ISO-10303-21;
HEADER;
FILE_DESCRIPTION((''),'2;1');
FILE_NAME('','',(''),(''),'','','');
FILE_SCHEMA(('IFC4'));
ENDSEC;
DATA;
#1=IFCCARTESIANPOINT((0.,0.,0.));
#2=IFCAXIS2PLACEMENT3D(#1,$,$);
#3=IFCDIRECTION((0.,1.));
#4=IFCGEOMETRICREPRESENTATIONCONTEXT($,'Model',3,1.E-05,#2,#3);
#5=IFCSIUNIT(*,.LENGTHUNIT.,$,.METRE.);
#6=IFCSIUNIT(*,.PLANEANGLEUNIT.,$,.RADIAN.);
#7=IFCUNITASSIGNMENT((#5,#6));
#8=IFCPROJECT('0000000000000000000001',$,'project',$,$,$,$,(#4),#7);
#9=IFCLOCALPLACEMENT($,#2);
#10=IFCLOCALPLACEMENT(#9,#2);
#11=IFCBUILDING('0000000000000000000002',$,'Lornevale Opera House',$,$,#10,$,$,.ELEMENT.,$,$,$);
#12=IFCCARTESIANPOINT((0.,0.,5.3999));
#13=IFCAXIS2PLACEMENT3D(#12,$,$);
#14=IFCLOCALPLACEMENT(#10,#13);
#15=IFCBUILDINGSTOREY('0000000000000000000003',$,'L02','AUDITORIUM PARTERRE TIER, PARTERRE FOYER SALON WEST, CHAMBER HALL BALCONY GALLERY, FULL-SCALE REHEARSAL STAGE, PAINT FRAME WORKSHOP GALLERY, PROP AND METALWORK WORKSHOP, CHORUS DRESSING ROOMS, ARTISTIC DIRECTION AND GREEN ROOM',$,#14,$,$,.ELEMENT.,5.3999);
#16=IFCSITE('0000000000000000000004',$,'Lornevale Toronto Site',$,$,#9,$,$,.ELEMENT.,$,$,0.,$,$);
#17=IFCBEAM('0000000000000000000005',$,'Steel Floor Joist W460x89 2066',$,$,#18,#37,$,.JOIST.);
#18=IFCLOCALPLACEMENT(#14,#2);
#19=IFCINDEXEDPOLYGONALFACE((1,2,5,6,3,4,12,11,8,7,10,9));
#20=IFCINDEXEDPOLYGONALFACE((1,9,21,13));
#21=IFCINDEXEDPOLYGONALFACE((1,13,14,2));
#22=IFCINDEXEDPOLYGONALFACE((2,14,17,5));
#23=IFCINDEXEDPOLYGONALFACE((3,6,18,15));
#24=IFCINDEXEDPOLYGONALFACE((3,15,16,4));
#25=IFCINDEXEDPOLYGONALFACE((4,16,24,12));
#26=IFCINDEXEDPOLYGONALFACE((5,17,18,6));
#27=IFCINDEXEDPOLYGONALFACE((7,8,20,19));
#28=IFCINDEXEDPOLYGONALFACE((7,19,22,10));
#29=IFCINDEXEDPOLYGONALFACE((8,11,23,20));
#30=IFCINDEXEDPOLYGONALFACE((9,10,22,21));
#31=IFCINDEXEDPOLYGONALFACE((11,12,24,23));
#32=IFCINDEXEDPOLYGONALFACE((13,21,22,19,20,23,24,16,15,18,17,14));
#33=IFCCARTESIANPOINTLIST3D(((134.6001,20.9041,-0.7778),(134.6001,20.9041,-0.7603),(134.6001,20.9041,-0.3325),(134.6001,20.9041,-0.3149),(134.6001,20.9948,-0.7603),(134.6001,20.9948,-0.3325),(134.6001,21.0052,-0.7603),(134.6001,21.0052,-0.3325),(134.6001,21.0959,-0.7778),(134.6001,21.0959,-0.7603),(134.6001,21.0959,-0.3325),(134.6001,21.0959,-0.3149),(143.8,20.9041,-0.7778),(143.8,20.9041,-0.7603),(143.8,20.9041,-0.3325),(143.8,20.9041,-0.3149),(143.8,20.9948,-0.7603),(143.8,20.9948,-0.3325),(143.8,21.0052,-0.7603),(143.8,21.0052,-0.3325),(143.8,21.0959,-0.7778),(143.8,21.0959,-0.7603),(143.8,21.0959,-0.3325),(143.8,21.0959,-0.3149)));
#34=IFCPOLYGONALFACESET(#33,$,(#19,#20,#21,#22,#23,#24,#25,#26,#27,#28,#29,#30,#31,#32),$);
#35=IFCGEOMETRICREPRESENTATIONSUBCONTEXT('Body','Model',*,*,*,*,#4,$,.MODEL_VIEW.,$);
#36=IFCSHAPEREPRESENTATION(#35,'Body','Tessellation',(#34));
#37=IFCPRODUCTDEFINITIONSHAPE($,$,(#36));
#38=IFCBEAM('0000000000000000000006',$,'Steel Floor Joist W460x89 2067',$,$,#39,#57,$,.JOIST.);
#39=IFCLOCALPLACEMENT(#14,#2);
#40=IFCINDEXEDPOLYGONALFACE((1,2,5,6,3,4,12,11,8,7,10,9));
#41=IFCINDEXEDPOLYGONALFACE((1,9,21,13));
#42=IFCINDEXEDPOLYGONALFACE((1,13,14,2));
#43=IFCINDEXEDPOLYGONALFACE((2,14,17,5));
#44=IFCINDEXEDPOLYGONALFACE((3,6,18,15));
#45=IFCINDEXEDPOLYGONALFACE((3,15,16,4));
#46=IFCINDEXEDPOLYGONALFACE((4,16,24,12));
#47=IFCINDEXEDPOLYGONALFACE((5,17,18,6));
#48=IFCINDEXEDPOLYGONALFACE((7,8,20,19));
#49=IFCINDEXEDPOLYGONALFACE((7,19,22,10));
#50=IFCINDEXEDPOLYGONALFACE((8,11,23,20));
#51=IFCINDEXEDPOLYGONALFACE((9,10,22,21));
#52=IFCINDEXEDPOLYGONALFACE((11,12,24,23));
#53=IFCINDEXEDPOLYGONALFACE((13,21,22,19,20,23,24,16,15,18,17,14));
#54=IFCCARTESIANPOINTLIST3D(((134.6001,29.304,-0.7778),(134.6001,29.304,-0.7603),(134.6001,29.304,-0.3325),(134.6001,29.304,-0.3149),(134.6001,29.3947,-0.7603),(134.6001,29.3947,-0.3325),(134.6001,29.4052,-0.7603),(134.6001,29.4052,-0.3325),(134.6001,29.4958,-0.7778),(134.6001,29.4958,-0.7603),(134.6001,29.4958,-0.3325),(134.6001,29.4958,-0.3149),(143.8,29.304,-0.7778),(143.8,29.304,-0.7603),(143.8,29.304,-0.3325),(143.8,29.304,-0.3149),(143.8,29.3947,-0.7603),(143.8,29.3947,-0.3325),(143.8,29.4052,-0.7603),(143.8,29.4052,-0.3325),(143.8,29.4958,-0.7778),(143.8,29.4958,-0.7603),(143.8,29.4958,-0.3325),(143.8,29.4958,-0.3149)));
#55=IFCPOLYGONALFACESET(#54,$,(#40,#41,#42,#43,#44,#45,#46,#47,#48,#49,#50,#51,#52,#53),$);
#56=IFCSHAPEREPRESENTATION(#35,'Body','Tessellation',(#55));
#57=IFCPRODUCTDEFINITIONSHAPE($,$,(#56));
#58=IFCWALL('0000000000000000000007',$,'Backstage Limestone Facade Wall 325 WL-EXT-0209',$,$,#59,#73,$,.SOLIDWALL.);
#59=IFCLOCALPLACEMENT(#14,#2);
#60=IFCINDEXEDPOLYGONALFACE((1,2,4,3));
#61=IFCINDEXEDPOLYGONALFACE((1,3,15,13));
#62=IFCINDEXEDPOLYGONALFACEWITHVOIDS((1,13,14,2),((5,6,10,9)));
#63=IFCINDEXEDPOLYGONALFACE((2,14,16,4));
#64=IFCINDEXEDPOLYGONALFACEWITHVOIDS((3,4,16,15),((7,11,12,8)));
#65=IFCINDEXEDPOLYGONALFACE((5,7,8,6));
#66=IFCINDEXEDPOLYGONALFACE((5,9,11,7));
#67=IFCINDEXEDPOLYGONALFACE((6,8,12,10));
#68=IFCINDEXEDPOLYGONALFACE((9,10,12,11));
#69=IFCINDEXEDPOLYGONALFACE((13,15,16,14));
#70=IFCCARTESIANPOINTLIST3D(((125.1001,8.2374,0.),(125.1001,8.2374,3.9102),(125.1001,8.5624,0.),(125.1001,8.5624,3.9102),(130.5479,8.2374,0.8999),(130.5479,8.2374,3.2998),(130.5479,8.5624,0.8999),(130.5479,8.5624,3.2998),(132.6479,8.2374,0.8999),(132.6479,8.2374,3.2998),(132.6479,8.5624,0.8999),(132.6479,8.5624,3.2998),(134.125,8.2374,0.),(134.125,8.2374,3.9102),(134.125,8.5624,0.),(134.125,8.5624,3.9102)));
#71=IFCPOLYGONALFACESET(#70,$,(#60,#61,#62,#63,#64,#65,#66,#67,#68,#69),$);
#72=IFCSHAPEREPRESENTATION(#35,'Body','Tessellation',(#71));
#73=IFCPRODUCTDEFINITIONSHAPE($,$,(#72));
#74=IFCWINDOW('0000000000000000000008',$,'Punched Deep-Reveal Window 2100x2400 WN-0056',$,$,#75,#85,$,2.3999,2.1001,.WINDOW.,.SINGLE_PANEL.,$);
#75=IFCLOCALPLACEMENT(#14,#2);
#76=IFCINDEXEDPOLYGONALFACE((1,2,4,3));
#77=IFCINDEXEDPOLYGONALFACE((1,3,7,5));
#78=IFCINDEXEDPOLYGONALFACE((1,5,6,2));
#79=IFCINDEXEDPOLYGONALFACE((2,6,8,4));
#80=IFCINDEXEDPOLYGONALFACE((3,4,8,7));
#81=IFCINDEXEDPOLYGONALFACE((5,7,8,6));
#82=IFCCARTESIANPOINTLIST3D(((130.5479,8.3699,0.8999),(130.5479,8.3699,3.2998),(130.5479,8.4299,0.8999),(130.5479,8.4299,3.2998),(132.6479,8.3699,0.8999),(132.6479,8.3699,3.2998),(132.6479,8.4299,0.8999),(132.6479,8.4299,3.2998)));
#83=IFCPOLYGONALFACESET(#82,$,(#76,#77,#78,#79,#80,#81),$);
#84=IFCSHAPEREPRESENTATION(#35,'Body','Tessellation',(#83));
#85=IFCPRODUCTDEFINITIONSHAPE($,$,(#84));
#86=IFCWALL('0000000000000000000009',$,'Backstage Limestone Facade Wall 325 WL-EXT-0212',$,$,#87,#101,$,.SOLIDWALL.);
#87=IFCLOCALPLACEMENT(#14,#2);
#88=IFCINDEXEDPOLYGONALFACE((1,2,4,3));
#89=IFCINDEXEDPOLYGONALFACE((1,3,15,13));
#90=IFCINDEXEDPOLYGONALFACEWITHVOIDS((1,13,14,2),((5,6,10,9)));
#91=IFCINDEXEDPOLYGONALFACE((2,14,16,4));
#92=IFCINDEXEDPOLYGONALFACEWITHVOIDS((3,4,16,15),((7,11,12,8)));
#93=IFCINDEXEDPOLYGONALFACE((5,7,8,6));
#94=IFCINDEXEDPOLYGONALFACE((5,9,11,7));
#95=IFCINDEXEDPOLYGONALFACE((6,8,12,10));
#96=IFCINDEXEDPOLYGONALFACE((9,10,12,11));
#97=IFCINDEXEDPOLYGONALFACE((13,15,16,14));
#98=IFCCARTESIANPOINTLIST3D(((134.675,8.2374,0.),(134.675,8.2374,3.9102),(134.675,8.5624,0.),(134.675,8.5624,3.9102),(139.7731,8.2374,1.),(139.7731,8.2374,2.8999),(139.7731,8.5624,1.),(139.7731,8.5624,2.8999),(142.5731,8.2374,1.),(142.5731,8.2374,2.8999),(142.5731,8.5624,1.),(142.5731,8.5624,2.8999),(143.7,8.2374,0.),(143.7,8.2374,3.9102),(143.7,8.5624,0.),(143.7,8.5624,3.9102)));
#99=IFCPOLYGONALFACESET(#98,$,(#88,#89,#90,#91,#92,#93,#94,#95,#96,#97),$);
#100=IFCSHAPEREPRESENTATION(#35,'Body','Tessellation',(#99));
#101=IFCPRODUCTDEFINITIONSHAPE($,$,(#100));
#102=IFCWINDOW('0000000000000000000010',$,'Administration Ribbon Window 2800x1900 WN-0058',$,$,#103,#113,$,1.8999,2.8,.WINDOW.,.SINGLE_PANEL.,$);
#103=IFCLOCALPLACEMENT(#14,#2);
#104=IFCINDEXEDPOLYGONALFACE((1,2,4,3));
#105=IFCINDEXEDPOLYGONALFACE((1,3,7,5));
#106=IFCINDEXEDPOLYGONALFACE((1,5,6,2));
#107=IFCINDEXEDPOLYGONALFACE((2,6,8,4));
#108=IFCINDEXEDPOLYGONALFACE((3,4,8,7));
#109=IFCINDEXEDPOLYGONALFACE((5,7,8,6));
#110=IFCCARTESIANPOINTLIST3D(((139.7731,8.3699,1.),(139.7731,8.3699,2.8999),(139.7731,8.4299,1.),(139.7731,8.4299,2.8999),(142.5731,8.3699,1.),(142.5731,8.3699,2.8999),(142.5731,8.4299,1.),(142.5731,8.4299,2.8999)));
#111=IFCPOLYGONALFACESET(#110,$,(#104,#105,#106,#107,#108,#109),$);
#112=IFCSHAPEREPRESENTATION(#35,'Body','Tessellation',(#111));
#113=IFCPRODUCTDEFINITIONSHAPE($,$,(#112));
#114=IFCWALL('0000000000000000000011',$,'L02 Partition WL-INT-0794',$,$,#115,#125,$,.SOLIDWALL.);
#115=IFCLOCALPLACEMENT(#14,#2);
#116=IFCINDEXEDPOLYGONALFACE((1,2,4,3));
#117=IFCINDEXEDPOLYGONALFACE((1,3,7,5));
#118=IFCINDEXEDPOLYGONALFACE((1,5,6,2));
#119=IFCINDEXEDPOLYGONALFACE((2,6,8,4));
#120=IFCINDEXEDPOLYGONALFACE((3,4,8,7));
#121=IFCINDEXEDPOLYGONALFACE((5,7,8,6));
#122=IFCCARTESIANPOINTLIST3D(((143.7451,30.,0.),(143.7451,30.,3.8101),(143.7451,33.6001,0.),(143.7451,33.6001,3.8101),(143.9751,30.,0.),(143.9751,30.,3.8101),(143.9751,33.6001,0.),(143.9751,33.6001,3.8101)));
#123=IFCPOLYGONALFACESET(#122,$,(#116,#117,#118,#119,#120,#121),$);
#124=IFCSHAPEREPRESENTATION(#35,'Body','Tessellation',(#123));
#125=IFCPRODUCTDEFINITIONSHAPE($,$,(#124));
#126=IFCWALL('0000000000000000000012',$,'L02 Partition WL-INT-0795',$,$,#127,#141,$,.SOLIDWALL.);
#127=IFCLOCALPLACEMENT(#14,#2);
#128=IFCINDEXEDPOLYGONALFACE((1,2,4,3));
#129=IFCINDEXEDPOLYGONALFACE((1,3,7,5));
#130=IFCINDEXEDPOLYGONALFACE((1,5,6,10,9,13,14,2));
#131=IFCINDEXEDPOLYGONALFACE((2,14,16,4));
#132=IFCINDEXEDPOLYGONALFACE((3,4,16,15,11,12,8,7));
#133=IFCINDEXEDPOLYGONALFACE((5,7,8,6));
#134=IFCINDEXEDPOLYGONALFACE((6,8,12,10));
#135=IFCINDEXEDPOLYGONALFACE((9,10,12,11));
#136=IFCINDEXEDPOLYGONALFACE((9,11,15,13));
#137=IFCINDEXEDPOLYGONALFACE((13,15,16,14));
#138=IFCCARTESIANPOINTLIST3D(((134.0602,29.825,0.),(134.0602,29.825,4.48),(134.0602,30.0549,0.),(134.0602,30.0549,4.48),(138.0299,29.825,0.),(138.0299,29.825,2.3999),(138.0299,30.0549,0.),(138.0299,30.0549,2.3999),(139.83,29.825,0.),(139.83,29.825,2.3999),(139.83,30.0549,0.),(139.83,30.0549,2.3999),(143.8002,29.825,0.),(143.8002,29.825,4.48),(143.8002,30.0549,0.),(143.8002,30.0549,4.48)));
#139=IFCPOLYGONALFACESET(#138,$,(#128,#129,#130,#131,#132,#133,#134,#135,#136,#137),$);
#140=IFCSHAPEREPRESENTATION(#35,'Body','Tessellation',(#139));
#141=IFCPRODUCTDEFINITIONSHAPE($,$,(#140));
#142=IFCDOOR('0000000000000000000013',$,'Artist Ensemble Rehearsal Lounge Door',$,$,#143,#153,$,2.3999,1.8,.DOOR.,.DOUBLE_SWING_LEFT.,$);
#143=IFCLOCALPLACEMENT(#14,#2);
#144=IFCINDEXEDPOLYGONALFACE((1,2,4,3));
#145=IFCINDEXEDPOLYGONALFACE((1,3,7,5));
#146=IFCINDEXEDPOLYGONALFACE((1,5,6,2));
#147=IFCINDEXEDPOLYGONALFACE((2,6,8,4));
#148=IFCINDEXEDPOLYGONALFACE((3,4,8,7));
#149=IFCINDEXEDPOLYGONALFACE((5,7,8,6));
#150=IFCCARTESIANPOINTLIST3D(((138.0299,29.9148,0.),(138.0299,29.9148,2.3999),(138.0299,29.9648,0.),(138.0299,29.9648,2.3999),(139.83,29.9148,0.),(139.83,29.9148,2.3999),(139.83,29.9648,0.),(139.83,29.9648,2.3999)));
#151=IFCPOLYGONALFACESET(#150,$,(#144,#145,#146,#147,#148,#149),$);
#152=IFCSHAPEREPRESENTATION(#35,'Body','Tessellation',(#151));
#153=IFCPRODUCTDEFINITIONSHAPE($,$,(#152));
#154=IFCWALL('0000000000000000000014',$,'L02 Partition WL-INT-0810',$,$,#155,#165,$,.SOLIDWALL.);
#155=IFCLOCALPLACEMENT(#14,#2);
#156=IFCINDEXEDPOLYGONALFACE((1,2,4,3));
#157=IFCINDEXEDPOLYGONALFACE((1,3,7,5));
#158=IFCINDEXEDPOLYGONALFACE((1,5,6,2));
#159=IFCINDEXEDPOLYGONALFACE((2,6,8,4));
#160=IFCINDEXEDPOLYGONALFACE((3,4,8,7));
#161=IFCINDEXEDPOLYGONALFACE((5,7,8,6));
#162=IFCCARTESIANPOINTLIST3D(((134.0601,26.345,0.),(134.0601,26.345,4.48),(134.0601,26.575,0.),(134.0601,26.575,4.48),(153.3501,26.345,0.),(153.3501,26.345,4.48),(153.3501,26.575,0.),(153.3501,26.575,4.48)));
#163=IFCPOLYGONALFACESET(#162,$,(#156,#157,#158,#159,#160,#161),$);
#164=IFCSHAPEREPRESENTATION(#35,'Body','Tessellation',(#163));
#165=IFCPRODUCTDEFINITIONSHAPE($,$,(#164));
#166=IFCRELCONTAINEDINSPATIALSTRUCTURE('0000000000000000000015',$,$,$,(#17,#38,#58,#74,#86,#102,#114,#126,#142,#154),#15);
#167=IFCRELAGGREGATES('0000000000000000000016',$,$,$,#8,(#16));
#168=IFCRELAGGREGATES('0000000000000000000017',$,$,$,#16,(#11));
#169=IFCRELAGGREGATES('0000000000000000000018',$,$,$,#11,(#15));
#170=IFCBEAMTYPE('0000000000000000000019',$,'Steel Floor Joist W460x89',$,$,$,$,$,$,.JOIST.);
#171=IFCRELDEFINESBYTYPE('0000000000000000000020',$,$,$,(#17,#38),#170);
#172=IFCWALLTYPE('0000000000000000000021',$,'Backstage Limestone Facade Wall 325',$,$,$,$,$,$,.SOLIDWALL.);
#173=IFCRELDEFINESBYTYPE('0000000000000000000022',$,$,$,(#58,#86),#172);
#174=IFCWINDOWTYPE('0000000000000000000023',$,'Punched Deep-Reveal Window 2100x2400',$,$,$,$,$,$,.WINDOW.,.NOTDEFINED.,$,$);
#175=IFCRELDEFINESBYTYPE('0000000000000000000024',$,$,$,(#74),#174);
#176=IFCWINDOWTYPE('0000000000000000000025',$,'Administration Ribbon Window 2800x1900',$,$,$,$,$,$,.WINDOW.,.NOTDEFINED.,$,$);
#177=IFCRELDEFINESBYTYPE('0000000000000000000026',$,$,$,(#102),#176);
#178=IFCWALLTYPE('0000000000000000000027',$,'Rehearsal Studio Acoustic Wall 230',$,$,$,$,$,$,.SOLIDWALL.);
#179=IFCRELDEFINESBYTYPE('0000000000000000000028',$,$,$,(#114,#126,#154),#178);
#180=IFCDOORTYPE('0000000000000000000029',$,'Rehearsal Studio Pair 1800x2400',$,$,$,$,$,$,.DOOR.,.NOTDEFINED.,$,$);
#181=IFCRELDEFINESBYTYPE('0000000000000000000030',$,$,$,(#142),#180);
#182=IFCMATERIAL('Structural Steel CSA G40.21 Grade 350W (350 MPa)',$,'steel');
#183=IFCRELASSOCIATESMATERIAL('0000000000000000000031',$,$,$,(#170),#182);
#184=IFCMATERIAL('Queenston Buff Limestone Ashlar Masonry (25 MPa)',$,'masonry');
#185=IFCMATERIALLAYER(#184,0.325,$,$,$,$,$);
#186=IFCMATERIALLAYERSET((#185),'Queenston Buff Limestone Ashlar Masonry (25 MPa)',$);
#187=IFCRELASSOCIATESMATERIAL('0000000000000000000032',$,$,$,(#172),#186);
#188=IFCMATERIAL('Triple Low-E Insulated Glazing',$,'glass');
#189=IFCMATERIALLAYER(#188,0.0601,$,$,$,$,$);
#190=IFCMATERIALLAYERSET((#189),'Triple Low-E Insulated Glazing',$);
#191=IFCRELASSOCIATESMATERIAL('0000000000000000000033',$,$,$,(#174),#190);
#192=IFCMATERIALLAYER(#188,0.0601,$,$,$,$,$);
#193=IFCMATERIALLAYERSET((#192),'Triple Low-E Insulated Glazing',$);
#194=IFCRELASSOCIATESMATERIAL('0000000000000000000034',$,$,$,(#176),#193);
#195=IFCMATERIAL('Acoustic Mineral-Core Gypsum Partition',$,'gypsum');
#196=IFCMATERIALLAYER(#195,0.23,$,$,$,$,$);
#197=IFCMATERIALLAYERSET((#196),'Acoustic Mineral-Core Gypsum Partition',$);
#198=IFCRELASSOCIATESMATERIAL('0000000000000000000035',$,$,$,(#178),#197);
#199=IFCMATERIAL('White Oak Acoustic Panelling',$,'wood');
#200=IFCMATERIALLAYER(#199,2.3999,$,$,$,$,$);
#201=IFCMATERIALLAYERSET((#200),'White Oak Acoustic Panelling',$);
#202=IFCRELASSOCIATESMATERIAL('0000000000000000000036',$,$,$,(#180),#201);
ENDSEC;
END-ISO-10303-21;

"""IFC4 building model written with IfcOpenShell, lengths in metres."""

from ifc_helpers import new_model, si_unit, direction, frame, frame_2d, origin, origin_2d, place, context, subcontext, project, spatial, rectangle, i_section, extrude, material, layer, layer_set, material_profile, profile_set, type_object, element, fill, save


model = new_model("IFC4")

# Units and contexts
model_context = context("Model", 3, precision=1e-05, world=origin(), true_north=direction((0.0, 1.0)))
body_context = subcontext(model_context, "Body", "Model", "MODEL_VIEW")
ifc_project = project(units=[si_unit("LENGTHUNIT", "METRE"), si_unit("PLANEANGLEUNIT", "RADIAN")], contexts=[model_context])

# Site, building, storey
site_placement = place(None, origin())
site = spatial("IfcSite", under=ifc_project, at=site_placement, Name="Lornevale Toronto Site", CompositionType="ELEMENT", RefElevation=0.0)
building_placement = place(site_placement, origin())
building = spatial("IfcBuilding", under=site, at=building_placement, Name="Lornevale Opera House", CompositionType="ELEMENT")
storey_placement = place(building_placement, frame((0.0, 0.0, 5.3999)))
storey = spatial("IfcBuildingStorey", under=building, at=storey_placement, Name="L02", Description="AUDITORIUM PARTERRE TIER, PARTERRE FOYER SALON WEST, CHAMBER HALL BALCONY GALLERY, FULL-SCALE REHEARSAL STAGE, PAINT FRAME WORKSHOP GALLERY, PROP AND METALWORK WORKSHOP, CHORUS DRESSING ROOMS, ARTISTIC DIRECTION AND GREEN ROOM", CompositionType="ELEMENT", Elevation=5.3999)

# Beams
ifc_material_1 = material(Name="Structural Steel CSA G40.21 Grade 350W (350 MPa)", Category="steel")
ifc_material_profile_1 = material_profile(ifc_material_1, i_section(OverallWidth=0.1919, OverallDepth=0.4629, WebThickness=0.0105, FlangeThickness=0.0176, at=origin_2d()), Name="W460x89")
ifc_profile_set_1 = profile_set([ifc_material_profile_1], Name="Structural Steel CSA G40.21 Grade 350W (350 MPa)")
beam_type_1 = type_object("IfcBeamType", Name="Steel Floor Joist W460x89", PredefinedType="JOIST", material=ifc_profile_set_1)
for number, where, z_axis, x_axis, name in (
    (1, (134.6001, 21.0, -0.5464), (1.0, 0.0, 0.0), (0.0, 1.0, 0.0), "Steel Floor Joist W460x89 2066"),
    (2, (134.6001, 29.3999, -0.5464), (1.0, 0.0, 0.0), (0.0, 1.0, 0.0), "Steel Floor Joist W460x89 2067"),
):
    element("IfcBeam", number, at=place(storey_placement, frame(where, z_axis=z_axis, x_axis=x_axis)), inside=storey, type_object=beam_type_1, Name=name, PredefinedType="JOIST", context=body_context, shape_type="SweptSolid", body=[
        extrude(i_section(OverallWidth=0.1919, OverallDepth=0.4629, WebThickness=0.0105, FlangeThickness=0.0176, at=origin_2d()), origin(), (0.0, 0.0, 1.0), 9.2),
    ])

# Walls, openings, windows
ifc_material_2 = material(Name="Queenston Buff Limestone Ashlar Masonry (25 MPa)", Category="masonry")
ifc_layer_1 = layer(ifc_material_2, 0.325)
ifc_layer_set_1 = layer_set([ifc_layer_1], Name="Queenston Buff Limestone Ashlar Masonry (25 MPa)")
wall_type_1 = type_object("IfcWallType", Name="Backstage Limestone Facade Wall 325", PredefinedType="SOLIDWALL", material=ifc_layer_set_1)
wall_1_placement = place(storey_placement, frame((134.125, 8.3999, 0.0), z_axis=(0.0, 0.0, 1.0), x_axis=(-1.0, 0.0, 0.0)))
wall_1 = element("IfcWall", 3, at=wall_1_placement, inside=storey, type_object=wall_type_1, Name="Backstage Limestone Facade Wall 325 WL-EXT-0209", PredefinedType="SOLIDWALL", context=body_context, shape_type="SweptSolid", body=[
    extrude(rectangle(XDim=9.0249, YDim=0.325, at=frame_2d((4.5125, 0.0))), origin(), (0.0, 0.0, 1.0), 3.9102),
])
opening_1_placement = place(wall_1_placement, frame((1.4771, 0.0, 0.8999)))
opening_1 = element("IfcOpeningElement", 4, at=opening_1_placement, cuts=wall_1, PredefinedType="OPENING", context=body_context, shape_type="SweptSolid", body=[
    extrude(rectangle(XDim=2.1001, YDim=2.3999, at=frame_2d((1.05, 1.2))), frame((0.0, 0.1724, 0.0), z_axis=(0.0, -1.0, 0.0), x_axis=(1.0, 0.0, 0.0)), (0.0, 0.0, 1.0), 0.345),
])
ifc_material_3 = material(Name="Triple Low-E Insulated Glazing", Category="glass")
ifc_layer_2 = layer(ifc_material_3, 0.0601)
ifc_layer_set_2 = layer_set([ifc_layer_2], Name="Triple Low-E Insulated Glazing")
window_type_1 = type_object("IfcWindowType", Name="Punched Deep-Reveal Window 2100x2400", PartitioningType="NOTDEFINED", PredefinedType="WINDOW", material=ifc_layer_set_2)
window_1_placement = place(opening_1_placement, origin())
window_1 = element("IfcWindow", 5, at=window_1_placement, inside=storey, type_object=window_type_1, Name="Punched Deep-Reveal Window 2100x2400 WN-0056", OverallHeight=2.3999, OverallWidth=2.1001, PartitioningType="SINGLE_PANEL", PredefinedType="WINDOW", context=body_context, shape_type="SweptSolid", body=[
    extrude(rectangle(XDim=2.1001, YDim=2.3999, at=frame_2d((1.05, 1.2))), frame((0.0, 0.03, 0.0), z_axis=(0.0, -1.0, 0.0), x_axis=(1.0, 0.0, 0.0)), (0.0, 0.0, 1.0), 0.0601),
])
fill(opening_1, window_1)
wall_2_placement = place(storey_placement, frame((143.7, 8.3999, 0.0), z_axis=(0.0, 0.0, 1.0), x_axis=(-1.0, 0.0, 0.0)))
wall_2 = element("IfcWall", 6, at=wall_2_placement, inside=storey, type_object=wall_type_1, Name="Backstage Limestone Facade Wall 325 WL-EXT-0212", PredefinedType="SOLIDWALL", context=body_context, shape_type="SweptSolid", body=[
    extrude(rectangle(XDim=9.0249, YDim=0.325, at=frame_2d((4.5125, 0.0))), origin(), (0.0, 0.0, 1.0), 3.9102),
])
opening_2_placement = place(wall_2_placement, frame((1.127, 0.0, 1.0)))
opening_2 = element("IfcOpeningElement", 7, at=opening_2_placement, cuts=wall_2, PredefinedType="OPENING", context=body_context, shape_type="SweptSolid", body=[
    extrude(rectangle(XDim=2.8, YDim=1.8999, at=frame_2d((1.3999, 0.95))), frame((0.0, 0.1724, 0.0), z_axis=(0.0, -1.0, 0.0), x_axis=(1.0, 0.0, 0.0)), (0.0, 0.0, 1.0), 0.345),
])
ifc_layer_3 = layer(ifc_material_3, 0.0601)
ifc_layer_set_3 = layer_set([ifc_layer_3], Name="Triple Low-E Insulated Glazing")
window_type_2 = type_object("IfcWindowType", Name="Administration Ribbon Window 2800x1900", PartitioningType="NOTDEFINED", PredefinedType="WINDOW", material=ifc_layer_set_3)
window_2_placement = place(opening_2_placement, origin())
window_2 = element("IfcWindow", 8, at=window_2_placement, inside=storey, type_object=window_type_2, Name="Administration Ribbon Window 2800x1900 WN-0058", OverallHeight=1.8999, OverallWidth=2.8, PartitioningType="SINGLE_PANEL", PredefinedType="WINDOW", context=body_context, shape_type="SweptSolid", body=[
    extrude(rectangle(XDim=2.8, YDim=1.8999, at=frame_2d((1.3999, 0.95))), frame((0.0, 0.03, 0.0), z_axis=(0.0, -1.0, 0.0), x_axis=(1.0, 0.0, 0.0)), (0.0, 0.0, 1.0), 0.0601),
])
fill(opening_2, window_2)

# Wall
ifc_material_4 = material(Name="Acoustic Mineral-Core Gypsum Partition", Category="gypsum")
ifc_layer_4 = layer(ifc_material_4, 0.23)
ifc_layer_set_4 = layer_set([ifc_layer_4], Name="Acoustic Mineral-Core Gypsum Partition")
wall_type_2 = type_object("IfcWallType", Name="Rehearsal Studio Acoustic Wall 230", PredefinedType="SOLIDWALL", material=ifc_layer_set_4)
wall_3_placement = place(storey_placement, frame((143.8601, 30.0, 0.0), z_axis=(0.0, 0.0, 1.0), x_axis=(0.0, 1.0, 0.0)))
element("IfcWall", 9, at=wall_3_placement, inside=storey, type_object=wall_type_2, Name="L02 Partition WL-INT-0794", PredefinedType="SOLIDWALL", context=body_context, shape_type="SweptSolid", body=[
    extrude(rectangle(XDim=3.6001, YDim=0.23, at=frame_2d((1.8, 0.0))), origin(), (0.0, 0.0, 1.0), 3.8101),
])

# Wall, opening, door
wall_4_placement = place(storey_placement, frame((134.0601, 29.9399, 0.0), z_axis=(0.0, 0.0, 1.0), x_axis=(1.0, 0.0, 0.0)))
wall_4 = element("IfcWall", 10, at=wall_4_placement, inside=storey, type_object=wall_type_2, Name="L02 Partition WL-INT-0795", PredefinedType="SOLIDWALL", context=body_context, shape_type="SweptSolid", body=[
    extrude(rectangle(XDim=9.74, YDim=0.23, at=frame_2d((4.8701, 0.0))), origin(), (0.0, 0.0, 1.0), 4.48),
])
opening_3_placement = place(wall_4_placement, frame((3.97, 0.0, 0.0)))
opening_3 = element("IfcOpeningElement", 11, at=opening_3_placement, cuts=wall_4, PredefinedType="OPENING", context=body_context, shape_type="SweptSolid", body=[
    extrude(rectangle(XDim=1.8, YDim=2.3999, at=frame_2d((0.8999, 1.2))), frame((0.0, 0.125, 0.0), z_axis=(0.0, -1.0, 0.0), x_axis=(1.0, 0.0, 0.0)), (0.0, 0.0, 1.0), 0.25),
])
ifc_material_5 = material(Name="White Oak Acoustic Panelling", Category="wood")
ifc_layer_5 = layer(ifc_material_5, 2.3999)
ifc_layer_set_5 = layer_set([ifc_layer_5], Name="White Oak Acoustic Panelling")
door_type = type_object("IfcDoorType", Name="Rehearsal Studio Pair 1800x2400", OperationType="NOTDEFINED", PredefinedType="DOOR", material=ifc_layer_set_5)
door_placement = place(opening_3_placement, origin())
door = element("IfcDoor", 12, at=door_placement, inside=storey, type_object=door_type, Name="Artist Ensemble Rehearsal Lounge Door", OperationType="DOUBLE_SWING_LEFT", OverallHeight=2.3999, OverallWidth=1.8, PredefinedType="DOOR", context=body_context, shape_type="SweptSolid", body=[
    extrude(rectangle(XDim=1.8, YDim=2.3999, at=frame_2d((0.8999, 1.2))), frame((0.0, 0.0249, 0.0), z_axis=(0.0, -1.0, 0.0), x_axis=(1.0, 0.0, 0.0)), (0.0, 0.0, 1.0), 0.05),
])
fill(opening_3, door)

# Wall
wall_5_placement = place(storey_placement, frame((134.0601, 26.46, 0.0), z_axis=(0.0, 0.0, 1.0), x_axis=(1.0, 0.0, 0.0)))
element("IfcWall", 13, at=wall_5_placement, inside=storey, type_object=wall_type_2, Name="L02 Partition WL-INT-0810", PredefinedType="SOLIDWALL", context=body_context, shape_type="SweptSolid", body=[
    extrude(rectangle(XDim=19.29, YDim=0.23, at=frame_2d((9.645, 0.0))), origin(), (0.0, 0.0, 1.0), 4.48),
])

save(model, "model.ifc")
